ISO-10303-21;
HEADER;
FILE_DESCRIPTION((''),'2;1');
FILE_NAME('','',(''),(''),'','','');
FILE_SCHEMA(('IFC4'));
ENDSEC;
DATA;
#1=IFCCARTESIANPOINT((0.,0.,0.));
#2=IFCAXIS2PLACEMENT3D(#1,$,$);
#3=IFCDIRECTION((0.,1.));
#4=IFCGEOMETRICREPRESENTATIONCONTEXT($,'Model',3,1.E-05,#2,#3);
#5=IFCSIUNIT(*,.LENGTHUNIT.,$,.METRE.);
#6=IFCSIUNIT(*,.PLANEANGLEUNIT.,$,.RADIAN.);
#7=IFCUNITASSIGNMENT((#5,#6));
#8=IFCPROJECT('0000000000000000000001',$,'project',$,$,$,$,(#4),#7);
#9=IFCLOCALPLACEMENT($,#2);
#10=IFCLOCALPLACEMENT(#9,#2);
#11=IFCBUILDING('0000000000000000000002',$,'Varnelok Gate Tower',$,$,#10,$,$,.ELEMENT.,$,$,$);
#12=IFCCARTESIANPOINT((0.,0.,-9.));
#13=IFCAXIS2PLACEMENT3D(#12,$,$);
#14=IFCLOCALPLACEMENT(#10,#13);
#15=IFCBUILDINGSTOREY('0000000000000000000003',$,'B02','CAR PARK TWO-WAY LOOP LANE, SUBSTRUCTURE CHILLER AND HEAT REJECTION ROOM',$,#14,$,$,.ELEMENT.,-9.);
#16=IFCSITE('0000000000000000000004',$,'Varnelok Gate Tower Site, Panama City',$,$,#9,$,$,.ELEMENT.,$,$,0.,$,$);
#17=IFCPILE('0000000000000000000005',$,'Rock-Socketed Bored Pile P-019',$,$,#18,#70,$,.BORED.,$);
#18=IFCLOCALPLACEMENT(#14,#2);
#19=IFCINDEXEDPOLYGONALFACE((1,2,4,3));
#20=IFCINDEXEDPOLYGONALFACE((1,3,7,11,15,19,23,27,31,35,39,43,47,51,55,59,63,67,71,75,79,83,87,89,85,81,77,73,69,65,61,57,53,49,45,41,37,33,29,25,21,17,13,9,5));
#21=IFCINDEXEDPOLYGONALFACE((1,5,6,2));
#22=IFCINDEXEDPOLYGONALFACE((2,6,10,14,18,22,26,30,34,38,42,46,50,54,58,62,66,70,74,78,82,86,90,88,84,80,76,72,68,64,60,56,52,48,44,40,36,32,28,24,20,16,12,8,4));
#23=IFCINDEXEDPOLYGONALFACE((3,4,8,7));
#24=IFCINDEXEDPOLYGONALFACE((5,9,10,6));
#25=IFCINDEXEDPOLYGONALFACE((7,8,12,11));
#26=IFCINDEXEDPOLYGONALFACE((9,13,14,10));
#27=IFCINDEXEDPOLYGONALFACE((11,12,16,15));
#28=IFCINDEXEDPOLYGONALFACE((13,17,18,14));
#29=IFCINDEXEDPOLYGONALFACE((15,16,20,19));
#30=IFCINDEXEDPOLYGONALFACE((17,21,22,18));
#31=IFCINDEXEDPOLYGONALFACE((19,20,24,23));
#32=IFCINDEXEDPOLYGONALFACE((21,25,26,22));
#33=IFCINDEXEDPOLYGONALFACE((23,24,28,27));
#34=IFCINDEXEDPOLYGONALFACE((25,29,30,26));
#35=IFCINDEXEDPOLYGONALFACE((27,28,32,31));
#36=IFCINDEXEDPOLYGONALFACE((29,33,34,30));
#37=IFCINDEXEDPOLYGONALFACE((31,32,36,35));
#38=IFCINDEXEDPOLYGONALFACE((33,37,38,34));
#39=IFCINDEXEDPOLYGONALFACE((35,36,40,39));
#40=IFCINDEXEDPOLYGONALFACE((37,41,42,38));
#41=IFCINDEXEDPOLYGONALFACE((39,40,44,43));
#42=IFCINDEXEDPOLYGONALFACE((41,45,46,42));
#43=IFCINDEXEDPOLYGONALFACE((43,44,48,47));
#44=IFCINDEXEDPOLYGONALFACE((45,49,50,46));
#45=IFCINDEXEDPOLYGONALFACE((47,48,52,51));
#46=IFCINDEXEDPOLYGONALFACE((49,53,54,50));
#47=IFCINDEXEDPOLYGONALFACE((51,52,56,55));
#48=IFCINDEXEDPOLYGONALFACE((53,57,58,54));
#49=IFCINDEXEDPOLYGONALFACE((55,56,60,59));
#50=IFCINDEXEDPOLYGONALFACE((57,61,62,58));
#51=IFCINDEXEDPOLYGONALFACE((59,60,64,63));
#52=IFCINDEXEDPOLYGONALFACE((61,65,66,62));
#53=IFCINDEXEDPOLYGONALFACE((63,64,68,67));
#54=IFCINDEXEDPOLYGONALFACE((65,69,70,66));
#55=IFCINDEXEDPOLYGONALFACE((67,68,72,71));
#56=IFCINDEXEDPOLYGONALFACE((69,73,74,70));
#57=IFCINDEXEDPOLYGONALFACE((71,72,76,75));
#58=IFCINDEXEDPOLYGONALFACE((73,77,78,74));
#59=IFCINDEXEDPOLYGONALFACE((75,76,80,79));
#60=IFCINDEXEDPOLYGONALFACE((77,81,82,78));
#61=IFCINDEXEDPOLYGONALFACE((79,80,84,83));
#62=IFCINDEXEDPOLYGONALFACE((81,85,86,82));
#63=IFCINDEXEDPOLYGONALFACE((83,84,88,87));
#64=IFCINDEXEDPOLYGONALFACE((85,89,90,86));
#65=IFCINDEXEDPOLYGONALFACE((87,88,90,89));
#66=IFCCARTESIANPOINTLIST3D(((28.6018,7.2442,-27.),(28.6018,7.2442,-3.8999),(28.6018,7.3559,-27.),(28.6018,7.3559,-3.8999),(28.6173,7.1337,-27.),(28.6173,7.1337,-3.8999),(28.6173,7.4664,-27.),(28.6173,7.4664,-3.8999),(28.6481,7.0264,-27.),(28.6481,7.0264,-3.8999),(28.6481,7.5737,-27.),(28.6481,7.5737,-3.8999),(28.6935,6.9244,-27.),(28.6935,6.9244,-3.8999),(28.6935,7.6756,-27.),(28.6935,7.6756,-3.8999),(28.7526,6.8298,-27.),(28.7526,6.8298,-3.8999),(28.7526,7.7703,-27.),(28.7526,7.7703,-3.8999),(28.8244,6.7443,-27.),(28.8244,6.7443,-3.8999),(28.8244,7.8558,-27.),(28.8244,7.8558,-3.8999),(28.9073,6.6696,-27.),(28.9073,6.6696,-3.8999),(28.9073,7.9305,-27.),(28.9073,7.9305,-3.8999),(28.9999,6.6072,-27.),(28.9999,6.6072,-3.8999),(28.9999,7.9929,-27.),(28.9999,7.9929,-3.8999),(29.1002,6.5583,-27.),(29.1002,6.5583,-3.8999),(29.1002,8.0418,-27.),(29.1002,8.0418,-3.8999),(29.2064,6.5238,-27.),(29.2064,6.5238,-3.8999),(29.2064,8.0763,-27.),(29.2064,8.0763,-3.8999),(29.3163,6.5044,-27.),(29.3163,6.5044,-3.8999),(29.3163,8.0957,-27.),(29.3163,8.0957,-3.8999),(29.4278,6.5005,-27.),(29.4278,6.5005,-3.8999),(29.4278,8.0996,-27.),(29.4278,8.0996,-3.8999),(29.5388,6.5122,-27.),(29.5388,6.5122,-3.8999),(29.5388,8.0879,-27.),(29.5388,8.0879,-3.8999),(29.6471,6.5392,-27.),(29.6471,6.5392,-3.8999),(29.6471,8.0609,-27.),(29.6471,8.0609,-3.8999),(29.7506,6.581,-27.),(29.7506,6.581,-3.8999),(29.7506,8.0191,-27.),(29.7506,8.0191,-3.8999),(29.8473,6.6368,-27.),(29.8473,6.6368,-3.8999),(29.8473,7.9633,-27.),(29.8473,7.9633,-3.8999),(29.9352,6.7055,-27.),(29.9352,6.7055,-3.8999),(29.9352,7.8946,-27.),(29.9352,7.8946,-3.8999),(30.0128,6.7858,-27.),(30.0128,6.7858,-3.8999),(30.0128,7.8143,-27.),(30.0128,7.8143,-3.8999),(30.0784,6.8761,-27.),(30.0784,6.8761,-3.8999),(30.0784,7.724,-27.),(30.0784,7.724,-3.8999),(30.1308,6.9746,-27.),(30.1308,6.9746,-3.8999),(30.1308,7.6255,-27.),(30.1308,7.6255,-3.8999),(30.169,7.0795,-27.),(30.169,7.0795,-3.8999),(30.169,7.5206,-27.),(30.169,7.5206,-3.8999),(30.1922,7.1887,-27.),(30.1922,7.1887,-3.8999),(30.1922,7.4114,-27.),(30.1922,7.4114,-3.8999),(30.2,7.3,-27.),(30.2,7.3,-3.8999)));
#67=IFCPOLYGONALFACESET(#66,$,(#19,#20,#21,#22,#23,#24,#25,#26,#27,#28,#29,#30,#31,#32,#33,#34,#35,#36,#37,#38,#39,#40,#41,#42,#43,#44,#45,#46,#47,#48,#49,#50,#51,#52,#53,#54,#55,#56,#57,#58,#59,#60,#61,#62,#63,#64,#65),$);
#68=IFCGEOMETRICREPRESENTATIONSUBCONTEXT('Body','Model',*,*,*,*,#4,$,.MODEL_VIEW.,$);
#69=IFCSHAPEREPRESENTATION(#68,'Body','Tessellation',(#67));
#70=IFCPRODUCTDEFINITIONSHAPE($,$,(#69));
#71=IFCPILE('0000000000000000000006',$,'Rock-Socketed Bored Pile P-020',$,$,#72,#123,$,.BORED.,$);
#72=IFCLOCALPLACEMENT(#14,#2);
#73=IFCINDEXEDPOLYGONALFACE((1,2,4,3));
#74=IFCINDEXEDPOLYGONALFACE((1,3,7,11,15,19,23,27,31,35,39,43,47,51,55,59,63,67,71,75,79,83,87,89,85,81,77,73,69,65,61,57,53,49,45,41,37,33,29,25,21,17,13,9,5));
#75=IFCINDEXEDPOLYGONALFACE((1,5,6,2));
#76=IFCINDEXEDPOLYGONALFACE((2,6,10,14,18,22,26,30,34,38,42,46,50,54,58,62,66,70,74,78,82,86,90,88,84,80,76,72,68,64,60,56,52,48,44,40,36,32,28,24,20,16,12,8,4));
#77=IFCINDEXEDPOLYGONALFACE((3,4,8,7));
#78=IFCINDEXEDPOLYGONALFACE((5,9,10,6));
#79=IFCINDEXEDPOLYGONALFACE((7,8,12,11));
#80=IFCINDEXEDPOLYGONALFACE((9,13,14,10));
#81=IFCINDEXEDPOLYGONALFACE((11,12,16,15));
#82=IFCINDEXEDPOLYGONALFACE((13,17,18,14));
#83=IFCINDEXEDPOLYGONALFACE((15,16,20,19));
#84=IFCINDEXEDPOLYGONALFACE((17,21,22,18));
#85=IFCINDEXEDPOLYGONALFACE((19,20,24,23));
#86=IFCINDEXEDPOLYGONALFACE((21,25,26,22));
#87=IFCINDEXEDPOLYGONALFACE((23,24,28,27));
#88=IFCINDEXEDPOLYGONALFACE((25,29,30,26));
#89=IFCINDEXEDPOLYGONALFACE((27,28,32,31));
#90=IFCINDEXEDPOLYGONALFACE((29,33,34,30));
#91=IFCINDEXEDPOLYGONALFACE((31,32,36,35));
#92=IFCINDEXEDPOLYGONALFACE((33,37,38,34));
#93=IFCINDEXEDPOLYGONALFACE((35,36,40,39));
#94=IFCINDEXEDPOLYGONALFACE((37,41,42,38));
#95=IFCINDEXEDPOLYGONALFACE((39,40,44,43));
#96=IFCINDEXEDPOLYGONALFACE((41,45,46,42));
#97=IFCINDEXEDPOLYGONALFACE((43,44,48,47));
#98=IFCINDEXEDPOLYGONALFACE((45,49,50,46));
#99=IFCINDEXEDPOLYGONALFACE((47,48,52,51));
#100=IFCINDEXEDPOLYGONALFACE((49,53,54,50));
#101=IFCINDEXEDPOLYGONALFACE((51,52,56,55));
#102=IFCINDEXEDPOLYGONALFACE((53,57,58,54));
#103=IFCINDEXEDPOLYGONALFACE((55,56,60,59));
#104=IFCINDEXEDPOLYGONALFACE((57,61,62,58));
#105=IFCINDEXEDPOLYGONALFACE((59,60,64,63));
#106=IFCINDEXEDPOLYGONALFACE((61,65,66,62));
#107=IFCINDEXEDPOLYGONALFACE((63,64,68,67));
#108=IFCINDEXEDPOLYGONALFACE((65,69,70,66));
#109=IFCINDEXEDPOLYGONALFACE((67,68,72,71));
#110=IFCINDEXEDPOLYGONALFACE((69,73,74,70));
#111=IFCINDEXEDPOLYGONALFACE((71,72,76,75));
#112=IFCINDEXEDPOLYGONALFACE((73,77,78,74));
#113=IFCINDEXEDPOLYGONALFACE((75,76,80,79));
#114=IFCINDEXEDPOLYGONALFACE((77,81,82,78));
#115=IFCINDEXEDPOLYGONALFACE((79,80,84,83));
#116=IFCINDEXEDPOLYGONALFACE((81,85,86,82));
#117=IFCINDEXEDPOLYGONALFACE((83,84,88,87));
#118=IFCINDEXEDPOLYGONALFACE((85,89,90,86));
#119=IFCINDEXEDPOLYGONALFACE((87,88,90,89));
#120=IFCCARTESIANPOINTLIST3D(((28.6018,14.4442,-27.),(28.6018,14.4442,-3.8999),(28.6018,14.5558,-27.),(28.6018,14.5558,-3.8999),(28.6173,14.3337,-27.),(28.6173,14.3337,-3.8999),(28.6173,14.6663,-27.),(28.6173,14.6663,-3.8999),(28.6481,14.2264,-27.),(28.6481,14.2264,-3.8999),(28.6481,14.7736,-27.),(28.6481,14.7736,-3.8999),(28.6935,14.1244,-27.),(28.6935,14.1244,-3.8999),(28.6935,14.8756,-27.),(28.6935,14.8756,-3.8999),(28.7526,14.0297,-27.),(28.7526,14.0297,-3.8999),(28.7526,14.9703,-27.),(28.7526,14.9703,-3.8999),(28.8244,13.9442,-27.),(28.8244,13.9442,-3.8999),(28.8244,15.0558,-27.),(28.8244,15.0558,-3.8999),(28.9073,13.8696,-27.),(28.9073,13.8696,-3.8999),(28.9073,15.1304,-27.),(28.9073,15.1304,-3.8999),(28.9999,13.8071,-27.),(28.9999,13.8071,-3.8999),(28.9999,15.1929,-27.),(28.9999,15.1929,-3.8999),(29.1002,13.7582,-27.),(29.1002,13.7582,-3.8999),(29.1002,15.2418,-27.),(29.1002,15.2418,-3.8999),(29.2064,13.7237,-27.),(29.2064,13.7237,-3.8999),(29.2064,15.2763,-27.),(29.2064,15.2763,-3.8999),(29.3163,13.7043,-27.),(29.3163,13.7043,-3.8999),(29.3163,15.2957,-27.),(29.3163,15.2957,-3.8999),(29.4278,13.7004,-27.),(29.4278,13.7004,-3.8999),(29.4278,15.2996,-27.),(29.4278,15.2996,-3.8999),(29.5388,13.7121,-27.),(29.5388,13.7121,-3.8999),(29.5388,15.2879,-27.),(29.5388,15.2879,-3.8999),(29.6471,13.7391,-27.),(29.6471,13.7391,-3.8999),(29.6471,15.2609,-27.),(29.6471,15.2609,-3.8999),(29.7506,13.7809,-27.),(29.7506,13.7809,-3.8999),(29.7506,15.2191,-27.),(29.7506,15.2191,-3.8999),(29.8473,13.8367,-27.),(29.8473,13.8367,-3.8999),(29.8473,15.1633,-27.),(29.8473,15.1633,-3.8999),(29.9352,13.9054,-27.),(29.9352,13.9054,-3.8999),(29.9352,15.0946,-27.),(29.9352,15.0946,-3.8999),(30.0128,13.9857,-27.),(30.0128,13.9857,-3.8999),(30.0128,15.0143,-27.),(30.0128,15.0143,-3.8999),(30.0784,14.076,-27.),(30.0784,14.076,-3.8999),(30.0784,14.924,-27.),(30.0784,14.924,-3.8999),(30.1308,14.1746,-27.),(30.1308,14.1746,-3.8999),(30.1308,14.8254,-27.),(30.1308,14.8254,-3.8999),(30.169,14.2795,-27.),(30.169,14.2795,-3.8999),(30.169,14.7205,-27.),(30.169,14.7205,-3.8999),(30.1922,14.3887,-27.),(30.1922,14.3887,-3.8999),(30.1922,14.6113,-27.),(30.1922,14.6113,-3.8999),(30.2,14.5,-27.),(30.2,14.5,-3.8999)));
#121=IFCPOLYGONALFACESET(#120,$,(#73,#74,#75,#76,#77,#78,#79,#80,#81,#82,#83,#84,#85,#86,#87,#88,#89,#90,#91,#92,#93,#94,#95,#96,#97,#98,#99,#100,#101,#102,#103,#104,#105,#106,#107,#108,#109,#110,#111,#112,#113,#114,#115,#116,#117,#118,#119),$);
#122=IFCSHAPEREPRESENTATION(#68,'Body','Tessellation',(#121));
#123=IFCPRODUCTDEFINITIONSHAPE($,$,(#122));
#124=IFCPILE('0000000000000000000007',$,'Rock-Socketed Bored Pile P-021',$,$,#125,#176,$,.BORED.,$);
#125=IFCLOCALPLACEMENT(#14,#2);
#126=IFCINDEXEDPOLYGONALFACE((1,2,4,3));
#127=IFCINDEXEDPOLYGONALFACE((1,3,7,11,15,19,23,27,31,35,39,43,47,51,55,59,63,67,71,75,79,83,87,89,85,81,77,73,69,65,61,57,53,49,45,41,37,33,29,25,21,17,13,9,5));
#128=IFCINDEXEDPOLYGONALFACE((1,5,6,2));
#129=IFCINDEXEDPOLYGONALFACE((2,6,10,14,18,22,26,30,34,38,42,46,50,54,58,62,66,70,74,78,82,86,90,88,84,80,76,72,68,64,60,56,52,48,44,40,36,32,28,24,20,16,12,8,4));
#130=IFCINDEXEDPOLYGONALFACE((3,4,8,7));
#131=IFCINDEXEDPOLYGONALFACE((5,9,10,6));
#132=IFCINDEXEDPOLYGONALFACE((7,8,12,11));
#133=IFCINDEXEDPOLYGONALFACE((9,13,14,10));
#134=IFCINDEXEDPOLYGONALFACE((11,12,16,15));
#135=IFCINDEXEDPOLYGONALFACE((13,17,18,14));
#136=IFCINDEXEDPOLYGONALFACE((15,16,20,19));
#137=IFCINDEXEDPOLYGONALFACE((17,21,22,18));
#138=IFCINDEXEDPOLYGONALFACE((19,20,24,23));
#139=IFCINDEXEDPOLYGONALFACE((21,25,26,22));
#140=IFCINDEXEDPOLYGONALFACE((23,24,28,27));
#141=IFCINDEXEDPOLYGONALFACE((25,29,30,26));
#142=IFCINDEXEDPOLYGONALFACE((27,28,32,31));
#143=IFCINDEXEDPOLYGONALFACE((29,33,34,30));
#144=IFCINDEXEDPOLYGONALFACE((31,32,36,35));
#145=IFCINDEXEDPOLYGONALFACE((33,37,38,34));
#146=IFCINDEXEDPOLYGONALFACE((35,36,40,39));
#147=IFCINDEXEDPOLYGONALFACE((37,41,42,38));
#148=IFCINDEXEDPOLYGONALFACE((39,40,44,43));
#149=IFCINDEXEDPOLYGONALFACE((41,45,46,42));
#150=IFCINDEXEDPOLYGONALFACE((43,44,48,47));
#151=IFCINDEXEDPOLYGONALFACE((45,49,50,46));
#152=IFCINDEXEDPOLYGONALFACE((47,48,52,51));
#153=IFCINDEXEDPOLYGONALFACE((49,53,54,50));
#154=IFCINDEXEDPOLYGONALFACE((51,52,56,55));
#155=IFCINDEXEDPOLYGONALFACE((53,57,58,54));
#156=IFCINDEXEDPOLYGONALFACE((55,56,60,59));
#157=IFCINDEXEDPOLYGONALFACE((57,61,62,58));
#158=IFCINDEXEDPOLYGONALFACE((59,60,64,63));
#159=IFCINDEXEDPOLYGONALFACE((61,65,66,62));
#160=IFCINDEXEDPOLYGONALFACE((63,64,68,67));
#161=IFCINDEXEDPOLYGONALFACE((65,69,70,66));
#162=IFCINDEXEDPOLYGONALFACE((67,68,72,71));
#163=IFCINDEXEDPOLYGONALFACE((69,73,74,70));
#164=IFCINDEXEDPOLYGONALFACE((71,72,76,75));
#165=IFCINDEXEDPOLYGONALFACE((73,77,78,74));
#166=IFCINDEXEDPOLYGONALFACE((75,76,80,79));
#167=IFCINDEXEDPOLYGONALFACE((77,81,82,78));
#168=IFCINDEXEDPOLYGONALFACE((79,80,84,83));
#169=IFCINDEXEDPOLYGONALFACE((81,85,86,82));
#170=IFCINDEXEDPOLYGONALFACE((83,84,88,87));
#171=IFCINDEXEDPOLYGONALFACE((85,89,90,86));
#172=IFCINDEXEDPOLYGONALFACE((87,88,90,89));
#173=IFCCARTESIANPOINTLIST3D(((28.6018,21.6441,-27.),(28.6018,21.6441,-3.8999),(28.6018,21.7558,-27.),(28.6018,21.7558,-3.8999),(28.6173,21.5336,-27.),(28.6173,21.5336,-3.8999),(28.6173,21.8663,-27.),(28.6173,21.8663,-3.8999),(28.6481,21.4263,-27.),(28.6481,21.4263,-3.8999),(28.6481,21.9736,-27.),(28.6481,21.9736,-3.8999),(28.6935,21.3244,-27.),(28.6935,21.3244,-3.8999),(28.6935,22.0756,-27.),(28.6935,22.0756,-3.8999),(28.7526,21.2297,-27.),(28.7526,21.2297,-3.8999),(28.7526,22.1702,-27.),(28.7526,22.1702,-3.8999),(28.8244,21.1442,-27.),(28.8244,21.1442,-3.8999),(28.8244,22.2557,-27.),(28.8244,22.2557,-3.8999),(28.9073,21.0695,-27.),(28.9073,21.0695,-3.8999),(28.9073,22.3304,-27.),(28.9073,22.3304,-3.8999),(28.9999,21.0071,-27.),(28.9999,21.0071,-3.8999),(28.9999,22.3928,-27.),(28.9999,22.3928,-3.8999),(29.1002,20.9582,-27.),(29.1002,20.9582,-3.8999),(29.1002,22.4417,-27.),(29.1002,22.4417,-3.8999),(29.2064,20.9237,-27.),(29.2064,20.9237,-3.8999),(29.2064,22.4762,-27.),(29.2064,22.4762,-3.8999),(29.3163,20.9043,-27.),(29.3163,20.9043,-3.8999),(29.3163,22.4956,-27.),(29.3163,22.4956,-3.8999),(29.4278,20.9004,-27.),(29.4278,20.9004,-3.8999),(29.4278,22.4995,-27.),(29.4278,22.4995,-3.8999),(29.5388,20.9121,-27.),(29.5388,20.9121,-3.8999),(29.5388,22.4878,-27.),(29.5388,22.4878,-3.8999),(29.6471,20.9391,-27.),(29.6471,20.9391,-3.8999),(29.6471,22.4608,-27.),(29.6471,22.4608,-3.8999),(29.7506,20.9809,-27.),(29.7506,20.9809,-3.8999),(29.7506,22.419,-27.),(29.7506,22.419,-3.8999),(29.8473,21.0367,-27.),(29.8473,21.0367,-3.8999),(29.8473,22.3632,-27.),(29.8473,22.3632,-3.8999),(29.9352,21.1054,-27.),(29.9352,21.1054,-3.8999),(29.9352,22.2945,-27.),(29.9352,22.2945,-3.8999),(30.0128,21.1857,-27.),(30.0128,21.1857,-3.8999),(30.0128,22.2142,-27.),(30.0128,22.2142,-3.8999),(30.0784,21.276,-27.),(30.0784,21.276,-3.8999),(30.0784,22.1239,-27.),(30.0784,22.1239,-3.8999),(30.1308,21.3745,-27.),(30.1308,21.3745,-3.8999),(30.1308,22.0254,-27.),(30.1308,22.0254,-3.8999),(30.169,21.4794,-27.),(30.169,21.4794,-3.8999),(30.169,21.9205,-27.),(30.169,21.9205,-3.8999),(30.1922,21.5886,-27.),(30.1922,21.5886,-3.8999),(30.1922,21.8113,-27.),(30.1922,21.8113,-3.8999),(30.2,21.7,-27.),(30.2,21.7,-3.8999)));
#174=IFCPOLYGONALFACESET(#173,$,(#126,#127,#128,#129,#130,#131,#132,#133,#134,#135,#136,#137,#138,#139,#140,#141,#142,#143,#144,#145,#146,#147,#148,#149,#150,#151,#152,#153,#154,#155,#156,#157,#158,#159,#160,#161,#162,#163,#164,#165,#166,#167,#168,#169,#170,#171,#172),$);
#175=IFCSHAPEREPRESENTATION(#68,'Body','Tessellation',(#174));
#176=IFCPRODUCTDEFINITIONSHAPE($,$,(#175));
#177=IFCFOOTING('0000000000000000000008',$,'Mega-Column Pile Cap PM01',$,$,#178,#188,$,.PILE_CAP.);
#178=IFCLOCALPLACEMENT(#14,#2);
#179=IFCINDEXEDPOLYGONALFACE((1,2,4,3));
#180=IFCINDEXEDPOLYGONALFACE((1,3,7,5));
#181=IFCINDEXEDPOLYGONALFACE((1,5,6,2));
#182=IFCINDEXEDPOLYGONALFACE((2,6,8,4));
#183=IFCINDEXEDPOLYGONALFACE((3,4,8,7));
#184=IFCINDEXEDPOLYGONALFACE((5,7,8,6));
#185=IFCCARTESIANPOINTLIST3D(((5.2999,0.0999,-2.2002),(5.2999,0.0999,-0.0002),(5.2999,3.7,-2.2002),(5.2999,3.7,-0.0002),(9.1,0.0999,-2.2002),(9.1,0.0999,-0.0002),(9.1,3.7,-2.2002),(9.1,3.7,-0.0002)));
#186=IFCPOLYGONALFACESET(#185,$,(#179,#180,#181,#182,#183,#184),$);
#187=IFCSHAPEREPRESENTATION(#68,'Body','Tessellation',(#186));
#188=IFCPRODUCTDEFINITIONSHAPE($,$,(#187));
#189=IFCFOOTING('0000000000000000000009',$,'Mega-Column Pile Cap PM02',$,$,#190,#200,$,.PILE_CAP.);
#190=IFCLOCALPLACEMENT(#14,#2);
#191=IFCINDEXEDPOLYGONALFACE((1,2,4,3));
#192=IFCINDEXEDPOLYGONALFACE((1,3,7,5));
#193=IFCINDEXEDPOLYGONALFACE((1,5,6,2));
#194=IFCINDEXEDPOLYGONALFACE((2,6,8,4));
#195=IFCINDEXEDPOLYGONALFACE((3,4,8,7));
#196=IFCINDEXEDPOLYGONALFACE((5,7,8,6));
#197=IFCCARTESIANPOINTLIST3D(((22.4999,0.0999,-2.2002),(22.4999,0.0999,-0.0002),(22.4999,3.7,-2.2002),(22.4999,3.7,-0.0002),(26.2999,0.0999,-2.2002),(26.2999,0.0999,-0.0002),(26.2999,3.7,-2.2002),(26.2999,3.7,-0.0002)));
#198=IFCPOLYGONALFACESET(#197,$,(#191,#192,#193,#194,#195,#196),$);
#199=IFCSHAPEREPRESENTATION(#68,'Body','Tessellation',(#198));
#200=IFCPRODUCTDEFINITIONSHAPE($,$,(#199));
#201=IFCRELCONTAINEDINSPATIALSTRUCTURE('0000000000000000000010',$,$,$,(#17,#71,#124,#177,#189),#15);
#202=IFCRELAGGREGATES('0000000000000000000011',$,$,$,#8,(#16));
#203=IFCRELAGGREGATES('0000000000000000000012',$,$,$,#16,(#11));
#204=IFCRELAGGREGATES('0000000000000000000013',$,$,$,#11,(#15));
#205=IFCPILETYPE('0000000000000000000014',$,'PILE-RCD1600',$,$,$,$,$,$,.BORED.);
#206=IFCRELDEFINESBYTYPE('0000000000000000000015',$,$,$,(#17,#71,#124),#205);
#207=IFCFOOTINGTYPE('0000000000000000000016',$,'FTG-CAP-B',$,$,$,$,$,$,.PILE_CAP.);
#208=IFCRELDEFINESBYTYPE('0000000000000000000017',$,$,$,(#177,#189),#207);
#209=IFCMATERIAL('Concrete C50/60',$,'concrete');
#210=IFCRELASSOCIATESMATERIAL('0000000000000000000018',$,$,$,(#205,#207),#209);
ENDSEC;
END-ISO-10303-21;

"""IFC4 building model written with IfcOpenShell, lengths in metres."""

from ifc_helpers import new_model, si_unit, direction, frame, origin, origin_2d, place, context, subcontext, project, spatial, rectangle, circle, extrude, source, transform, mapped, material, material_profile, profile_set, type_object, element, save


model = new_model("IFC4")

# Units and contexts
model_context = context("Model", 3, precision=1e-05, world=origin(), true_north=direction((0.0, 1.0)))
body_context = subcontext(model_context, "Body", "Model", "MODEL_VIEW")
ifc_project = project(units=[si_unit("LENGTHUNIT", "METRE"), si_unit("PLANEANGLEUNIT", "RADIAN")], contexts=[model_context])

# Site, building, storey
site_placement = place(None, origin())
site = spatial("IfcSite", under=ifc_project, at=site_placement, Name="Varnelok Gate Tower Site, Panama City", CompositionType="ELEMENT", RefElevation=0.0)
building_placement = place(site_placement, origin())
building = spatial("IfcBuilding", under=site, at=building_placement, Name="Varnelok Gate Tower", CompositionType="ELEMENT")
storey_placement = place(building_placement, frame((0.0, 0.0, -9.0)))
storey = spatial("IfcBuildingStorey", under=building, at=storey_placement, Name="B02", Description="CAR PARK TWO-WAY LOOP LANE, SUBSTRUCTURE CHILLER AND HEAT REJECTION ROOM", CompositionType="ELEMENT", Elevation=-9.0)

# Shared definitions
ifc_material_1 = material(Name="Concrete C50/60", Category="concrete")

# Piles
ifc_material_profile_1 = material_profile(ifc_material_1, circle(Radius=0.8, at=origin_2d()), Name="RCD1600")
ifc_profile_set_1 = profile_set([ifc_material_profile_1], Name="Concrete C50/60")
pile_type_1 = type_object("IfcPileType", Name="PILE-RCD1600", PredefinedType="BORED", material=ifc_profile_set_1)
for number, where, z_axis, x_axis, name in (
    (1, (29.3999, 7.3, -3.8999), (0.0, 0.0, -1.0), (1.0, 0.0, 0.0), "Rock-Socketed Bored Pile P-019"),
    (2, (29.3999, 14.5, -3.8999), (0.0, 0.0, -1.0), (1.0, 0.0, 0.0), "Rock-Socketed Bored Pile P-020"),
    (3, (29.3999, 21.7, -3.8999), (0.0, 0.0, -1.0), (1.0, 0.0, 0.0), "Rock-Socketed Bored Pile P-021"),
):
    element("IfcPile", number, at=place(storey_placement, frame(where, z_axis=z_axis, x_axis=x_axis)), inside=storey, type_object=pile_type_1, Name=name, PredefinedType="BORED", context=body_context, shape_type="SweptSolid", body=[
        extrude(circle(Radius=0.8, at=origin_2d()), origin(), (0.0, 0.0, 1.0), 23.1001),
    ])

# Footings
footing_type_1 = type_object("IfcFootingType", Name="FTG-CAP-B", PredefinedType="PILE_CAP", material=ifc_material_1)
shared_shape = source(origin(), body_context, "Body", "SweptSolid", [
    extrude(rectangle(XDim=3.8, YDim=3.6001, at=origin_2d()), origin(), (0.0, 0.0, 1.0), 2.2),
])
for number, where, z_axis, x_axis, name in (
    (4, (7.2, 1.8999, -2.2002), (0.0, 0.0, 1.0), (1.0, 0.0, 0.0), "Mega-Column Pile Cap PM01"),
    (5, (24.3999, 1.8999, -2.2002), (0.0, 0.0, 1.0), (1.0, 0.0, 0.0), "Mega-Column Pile Cap PM02"),
):
    element("IfcFooting", number, at=place(storey_placement, frame(where, z_axis=z_axis, x_axis=x_axis)), inside=storey, type_object=footing_type_1, Name=name, PredefinedType="PILE_CAP", context=body_context, shape_type="MappedRepresentation", body=[
        mapped(shared_shape, transform((0.0, 0.0, 0.0), scale=1.0)),
    ])

save(model, "model.ifc")
